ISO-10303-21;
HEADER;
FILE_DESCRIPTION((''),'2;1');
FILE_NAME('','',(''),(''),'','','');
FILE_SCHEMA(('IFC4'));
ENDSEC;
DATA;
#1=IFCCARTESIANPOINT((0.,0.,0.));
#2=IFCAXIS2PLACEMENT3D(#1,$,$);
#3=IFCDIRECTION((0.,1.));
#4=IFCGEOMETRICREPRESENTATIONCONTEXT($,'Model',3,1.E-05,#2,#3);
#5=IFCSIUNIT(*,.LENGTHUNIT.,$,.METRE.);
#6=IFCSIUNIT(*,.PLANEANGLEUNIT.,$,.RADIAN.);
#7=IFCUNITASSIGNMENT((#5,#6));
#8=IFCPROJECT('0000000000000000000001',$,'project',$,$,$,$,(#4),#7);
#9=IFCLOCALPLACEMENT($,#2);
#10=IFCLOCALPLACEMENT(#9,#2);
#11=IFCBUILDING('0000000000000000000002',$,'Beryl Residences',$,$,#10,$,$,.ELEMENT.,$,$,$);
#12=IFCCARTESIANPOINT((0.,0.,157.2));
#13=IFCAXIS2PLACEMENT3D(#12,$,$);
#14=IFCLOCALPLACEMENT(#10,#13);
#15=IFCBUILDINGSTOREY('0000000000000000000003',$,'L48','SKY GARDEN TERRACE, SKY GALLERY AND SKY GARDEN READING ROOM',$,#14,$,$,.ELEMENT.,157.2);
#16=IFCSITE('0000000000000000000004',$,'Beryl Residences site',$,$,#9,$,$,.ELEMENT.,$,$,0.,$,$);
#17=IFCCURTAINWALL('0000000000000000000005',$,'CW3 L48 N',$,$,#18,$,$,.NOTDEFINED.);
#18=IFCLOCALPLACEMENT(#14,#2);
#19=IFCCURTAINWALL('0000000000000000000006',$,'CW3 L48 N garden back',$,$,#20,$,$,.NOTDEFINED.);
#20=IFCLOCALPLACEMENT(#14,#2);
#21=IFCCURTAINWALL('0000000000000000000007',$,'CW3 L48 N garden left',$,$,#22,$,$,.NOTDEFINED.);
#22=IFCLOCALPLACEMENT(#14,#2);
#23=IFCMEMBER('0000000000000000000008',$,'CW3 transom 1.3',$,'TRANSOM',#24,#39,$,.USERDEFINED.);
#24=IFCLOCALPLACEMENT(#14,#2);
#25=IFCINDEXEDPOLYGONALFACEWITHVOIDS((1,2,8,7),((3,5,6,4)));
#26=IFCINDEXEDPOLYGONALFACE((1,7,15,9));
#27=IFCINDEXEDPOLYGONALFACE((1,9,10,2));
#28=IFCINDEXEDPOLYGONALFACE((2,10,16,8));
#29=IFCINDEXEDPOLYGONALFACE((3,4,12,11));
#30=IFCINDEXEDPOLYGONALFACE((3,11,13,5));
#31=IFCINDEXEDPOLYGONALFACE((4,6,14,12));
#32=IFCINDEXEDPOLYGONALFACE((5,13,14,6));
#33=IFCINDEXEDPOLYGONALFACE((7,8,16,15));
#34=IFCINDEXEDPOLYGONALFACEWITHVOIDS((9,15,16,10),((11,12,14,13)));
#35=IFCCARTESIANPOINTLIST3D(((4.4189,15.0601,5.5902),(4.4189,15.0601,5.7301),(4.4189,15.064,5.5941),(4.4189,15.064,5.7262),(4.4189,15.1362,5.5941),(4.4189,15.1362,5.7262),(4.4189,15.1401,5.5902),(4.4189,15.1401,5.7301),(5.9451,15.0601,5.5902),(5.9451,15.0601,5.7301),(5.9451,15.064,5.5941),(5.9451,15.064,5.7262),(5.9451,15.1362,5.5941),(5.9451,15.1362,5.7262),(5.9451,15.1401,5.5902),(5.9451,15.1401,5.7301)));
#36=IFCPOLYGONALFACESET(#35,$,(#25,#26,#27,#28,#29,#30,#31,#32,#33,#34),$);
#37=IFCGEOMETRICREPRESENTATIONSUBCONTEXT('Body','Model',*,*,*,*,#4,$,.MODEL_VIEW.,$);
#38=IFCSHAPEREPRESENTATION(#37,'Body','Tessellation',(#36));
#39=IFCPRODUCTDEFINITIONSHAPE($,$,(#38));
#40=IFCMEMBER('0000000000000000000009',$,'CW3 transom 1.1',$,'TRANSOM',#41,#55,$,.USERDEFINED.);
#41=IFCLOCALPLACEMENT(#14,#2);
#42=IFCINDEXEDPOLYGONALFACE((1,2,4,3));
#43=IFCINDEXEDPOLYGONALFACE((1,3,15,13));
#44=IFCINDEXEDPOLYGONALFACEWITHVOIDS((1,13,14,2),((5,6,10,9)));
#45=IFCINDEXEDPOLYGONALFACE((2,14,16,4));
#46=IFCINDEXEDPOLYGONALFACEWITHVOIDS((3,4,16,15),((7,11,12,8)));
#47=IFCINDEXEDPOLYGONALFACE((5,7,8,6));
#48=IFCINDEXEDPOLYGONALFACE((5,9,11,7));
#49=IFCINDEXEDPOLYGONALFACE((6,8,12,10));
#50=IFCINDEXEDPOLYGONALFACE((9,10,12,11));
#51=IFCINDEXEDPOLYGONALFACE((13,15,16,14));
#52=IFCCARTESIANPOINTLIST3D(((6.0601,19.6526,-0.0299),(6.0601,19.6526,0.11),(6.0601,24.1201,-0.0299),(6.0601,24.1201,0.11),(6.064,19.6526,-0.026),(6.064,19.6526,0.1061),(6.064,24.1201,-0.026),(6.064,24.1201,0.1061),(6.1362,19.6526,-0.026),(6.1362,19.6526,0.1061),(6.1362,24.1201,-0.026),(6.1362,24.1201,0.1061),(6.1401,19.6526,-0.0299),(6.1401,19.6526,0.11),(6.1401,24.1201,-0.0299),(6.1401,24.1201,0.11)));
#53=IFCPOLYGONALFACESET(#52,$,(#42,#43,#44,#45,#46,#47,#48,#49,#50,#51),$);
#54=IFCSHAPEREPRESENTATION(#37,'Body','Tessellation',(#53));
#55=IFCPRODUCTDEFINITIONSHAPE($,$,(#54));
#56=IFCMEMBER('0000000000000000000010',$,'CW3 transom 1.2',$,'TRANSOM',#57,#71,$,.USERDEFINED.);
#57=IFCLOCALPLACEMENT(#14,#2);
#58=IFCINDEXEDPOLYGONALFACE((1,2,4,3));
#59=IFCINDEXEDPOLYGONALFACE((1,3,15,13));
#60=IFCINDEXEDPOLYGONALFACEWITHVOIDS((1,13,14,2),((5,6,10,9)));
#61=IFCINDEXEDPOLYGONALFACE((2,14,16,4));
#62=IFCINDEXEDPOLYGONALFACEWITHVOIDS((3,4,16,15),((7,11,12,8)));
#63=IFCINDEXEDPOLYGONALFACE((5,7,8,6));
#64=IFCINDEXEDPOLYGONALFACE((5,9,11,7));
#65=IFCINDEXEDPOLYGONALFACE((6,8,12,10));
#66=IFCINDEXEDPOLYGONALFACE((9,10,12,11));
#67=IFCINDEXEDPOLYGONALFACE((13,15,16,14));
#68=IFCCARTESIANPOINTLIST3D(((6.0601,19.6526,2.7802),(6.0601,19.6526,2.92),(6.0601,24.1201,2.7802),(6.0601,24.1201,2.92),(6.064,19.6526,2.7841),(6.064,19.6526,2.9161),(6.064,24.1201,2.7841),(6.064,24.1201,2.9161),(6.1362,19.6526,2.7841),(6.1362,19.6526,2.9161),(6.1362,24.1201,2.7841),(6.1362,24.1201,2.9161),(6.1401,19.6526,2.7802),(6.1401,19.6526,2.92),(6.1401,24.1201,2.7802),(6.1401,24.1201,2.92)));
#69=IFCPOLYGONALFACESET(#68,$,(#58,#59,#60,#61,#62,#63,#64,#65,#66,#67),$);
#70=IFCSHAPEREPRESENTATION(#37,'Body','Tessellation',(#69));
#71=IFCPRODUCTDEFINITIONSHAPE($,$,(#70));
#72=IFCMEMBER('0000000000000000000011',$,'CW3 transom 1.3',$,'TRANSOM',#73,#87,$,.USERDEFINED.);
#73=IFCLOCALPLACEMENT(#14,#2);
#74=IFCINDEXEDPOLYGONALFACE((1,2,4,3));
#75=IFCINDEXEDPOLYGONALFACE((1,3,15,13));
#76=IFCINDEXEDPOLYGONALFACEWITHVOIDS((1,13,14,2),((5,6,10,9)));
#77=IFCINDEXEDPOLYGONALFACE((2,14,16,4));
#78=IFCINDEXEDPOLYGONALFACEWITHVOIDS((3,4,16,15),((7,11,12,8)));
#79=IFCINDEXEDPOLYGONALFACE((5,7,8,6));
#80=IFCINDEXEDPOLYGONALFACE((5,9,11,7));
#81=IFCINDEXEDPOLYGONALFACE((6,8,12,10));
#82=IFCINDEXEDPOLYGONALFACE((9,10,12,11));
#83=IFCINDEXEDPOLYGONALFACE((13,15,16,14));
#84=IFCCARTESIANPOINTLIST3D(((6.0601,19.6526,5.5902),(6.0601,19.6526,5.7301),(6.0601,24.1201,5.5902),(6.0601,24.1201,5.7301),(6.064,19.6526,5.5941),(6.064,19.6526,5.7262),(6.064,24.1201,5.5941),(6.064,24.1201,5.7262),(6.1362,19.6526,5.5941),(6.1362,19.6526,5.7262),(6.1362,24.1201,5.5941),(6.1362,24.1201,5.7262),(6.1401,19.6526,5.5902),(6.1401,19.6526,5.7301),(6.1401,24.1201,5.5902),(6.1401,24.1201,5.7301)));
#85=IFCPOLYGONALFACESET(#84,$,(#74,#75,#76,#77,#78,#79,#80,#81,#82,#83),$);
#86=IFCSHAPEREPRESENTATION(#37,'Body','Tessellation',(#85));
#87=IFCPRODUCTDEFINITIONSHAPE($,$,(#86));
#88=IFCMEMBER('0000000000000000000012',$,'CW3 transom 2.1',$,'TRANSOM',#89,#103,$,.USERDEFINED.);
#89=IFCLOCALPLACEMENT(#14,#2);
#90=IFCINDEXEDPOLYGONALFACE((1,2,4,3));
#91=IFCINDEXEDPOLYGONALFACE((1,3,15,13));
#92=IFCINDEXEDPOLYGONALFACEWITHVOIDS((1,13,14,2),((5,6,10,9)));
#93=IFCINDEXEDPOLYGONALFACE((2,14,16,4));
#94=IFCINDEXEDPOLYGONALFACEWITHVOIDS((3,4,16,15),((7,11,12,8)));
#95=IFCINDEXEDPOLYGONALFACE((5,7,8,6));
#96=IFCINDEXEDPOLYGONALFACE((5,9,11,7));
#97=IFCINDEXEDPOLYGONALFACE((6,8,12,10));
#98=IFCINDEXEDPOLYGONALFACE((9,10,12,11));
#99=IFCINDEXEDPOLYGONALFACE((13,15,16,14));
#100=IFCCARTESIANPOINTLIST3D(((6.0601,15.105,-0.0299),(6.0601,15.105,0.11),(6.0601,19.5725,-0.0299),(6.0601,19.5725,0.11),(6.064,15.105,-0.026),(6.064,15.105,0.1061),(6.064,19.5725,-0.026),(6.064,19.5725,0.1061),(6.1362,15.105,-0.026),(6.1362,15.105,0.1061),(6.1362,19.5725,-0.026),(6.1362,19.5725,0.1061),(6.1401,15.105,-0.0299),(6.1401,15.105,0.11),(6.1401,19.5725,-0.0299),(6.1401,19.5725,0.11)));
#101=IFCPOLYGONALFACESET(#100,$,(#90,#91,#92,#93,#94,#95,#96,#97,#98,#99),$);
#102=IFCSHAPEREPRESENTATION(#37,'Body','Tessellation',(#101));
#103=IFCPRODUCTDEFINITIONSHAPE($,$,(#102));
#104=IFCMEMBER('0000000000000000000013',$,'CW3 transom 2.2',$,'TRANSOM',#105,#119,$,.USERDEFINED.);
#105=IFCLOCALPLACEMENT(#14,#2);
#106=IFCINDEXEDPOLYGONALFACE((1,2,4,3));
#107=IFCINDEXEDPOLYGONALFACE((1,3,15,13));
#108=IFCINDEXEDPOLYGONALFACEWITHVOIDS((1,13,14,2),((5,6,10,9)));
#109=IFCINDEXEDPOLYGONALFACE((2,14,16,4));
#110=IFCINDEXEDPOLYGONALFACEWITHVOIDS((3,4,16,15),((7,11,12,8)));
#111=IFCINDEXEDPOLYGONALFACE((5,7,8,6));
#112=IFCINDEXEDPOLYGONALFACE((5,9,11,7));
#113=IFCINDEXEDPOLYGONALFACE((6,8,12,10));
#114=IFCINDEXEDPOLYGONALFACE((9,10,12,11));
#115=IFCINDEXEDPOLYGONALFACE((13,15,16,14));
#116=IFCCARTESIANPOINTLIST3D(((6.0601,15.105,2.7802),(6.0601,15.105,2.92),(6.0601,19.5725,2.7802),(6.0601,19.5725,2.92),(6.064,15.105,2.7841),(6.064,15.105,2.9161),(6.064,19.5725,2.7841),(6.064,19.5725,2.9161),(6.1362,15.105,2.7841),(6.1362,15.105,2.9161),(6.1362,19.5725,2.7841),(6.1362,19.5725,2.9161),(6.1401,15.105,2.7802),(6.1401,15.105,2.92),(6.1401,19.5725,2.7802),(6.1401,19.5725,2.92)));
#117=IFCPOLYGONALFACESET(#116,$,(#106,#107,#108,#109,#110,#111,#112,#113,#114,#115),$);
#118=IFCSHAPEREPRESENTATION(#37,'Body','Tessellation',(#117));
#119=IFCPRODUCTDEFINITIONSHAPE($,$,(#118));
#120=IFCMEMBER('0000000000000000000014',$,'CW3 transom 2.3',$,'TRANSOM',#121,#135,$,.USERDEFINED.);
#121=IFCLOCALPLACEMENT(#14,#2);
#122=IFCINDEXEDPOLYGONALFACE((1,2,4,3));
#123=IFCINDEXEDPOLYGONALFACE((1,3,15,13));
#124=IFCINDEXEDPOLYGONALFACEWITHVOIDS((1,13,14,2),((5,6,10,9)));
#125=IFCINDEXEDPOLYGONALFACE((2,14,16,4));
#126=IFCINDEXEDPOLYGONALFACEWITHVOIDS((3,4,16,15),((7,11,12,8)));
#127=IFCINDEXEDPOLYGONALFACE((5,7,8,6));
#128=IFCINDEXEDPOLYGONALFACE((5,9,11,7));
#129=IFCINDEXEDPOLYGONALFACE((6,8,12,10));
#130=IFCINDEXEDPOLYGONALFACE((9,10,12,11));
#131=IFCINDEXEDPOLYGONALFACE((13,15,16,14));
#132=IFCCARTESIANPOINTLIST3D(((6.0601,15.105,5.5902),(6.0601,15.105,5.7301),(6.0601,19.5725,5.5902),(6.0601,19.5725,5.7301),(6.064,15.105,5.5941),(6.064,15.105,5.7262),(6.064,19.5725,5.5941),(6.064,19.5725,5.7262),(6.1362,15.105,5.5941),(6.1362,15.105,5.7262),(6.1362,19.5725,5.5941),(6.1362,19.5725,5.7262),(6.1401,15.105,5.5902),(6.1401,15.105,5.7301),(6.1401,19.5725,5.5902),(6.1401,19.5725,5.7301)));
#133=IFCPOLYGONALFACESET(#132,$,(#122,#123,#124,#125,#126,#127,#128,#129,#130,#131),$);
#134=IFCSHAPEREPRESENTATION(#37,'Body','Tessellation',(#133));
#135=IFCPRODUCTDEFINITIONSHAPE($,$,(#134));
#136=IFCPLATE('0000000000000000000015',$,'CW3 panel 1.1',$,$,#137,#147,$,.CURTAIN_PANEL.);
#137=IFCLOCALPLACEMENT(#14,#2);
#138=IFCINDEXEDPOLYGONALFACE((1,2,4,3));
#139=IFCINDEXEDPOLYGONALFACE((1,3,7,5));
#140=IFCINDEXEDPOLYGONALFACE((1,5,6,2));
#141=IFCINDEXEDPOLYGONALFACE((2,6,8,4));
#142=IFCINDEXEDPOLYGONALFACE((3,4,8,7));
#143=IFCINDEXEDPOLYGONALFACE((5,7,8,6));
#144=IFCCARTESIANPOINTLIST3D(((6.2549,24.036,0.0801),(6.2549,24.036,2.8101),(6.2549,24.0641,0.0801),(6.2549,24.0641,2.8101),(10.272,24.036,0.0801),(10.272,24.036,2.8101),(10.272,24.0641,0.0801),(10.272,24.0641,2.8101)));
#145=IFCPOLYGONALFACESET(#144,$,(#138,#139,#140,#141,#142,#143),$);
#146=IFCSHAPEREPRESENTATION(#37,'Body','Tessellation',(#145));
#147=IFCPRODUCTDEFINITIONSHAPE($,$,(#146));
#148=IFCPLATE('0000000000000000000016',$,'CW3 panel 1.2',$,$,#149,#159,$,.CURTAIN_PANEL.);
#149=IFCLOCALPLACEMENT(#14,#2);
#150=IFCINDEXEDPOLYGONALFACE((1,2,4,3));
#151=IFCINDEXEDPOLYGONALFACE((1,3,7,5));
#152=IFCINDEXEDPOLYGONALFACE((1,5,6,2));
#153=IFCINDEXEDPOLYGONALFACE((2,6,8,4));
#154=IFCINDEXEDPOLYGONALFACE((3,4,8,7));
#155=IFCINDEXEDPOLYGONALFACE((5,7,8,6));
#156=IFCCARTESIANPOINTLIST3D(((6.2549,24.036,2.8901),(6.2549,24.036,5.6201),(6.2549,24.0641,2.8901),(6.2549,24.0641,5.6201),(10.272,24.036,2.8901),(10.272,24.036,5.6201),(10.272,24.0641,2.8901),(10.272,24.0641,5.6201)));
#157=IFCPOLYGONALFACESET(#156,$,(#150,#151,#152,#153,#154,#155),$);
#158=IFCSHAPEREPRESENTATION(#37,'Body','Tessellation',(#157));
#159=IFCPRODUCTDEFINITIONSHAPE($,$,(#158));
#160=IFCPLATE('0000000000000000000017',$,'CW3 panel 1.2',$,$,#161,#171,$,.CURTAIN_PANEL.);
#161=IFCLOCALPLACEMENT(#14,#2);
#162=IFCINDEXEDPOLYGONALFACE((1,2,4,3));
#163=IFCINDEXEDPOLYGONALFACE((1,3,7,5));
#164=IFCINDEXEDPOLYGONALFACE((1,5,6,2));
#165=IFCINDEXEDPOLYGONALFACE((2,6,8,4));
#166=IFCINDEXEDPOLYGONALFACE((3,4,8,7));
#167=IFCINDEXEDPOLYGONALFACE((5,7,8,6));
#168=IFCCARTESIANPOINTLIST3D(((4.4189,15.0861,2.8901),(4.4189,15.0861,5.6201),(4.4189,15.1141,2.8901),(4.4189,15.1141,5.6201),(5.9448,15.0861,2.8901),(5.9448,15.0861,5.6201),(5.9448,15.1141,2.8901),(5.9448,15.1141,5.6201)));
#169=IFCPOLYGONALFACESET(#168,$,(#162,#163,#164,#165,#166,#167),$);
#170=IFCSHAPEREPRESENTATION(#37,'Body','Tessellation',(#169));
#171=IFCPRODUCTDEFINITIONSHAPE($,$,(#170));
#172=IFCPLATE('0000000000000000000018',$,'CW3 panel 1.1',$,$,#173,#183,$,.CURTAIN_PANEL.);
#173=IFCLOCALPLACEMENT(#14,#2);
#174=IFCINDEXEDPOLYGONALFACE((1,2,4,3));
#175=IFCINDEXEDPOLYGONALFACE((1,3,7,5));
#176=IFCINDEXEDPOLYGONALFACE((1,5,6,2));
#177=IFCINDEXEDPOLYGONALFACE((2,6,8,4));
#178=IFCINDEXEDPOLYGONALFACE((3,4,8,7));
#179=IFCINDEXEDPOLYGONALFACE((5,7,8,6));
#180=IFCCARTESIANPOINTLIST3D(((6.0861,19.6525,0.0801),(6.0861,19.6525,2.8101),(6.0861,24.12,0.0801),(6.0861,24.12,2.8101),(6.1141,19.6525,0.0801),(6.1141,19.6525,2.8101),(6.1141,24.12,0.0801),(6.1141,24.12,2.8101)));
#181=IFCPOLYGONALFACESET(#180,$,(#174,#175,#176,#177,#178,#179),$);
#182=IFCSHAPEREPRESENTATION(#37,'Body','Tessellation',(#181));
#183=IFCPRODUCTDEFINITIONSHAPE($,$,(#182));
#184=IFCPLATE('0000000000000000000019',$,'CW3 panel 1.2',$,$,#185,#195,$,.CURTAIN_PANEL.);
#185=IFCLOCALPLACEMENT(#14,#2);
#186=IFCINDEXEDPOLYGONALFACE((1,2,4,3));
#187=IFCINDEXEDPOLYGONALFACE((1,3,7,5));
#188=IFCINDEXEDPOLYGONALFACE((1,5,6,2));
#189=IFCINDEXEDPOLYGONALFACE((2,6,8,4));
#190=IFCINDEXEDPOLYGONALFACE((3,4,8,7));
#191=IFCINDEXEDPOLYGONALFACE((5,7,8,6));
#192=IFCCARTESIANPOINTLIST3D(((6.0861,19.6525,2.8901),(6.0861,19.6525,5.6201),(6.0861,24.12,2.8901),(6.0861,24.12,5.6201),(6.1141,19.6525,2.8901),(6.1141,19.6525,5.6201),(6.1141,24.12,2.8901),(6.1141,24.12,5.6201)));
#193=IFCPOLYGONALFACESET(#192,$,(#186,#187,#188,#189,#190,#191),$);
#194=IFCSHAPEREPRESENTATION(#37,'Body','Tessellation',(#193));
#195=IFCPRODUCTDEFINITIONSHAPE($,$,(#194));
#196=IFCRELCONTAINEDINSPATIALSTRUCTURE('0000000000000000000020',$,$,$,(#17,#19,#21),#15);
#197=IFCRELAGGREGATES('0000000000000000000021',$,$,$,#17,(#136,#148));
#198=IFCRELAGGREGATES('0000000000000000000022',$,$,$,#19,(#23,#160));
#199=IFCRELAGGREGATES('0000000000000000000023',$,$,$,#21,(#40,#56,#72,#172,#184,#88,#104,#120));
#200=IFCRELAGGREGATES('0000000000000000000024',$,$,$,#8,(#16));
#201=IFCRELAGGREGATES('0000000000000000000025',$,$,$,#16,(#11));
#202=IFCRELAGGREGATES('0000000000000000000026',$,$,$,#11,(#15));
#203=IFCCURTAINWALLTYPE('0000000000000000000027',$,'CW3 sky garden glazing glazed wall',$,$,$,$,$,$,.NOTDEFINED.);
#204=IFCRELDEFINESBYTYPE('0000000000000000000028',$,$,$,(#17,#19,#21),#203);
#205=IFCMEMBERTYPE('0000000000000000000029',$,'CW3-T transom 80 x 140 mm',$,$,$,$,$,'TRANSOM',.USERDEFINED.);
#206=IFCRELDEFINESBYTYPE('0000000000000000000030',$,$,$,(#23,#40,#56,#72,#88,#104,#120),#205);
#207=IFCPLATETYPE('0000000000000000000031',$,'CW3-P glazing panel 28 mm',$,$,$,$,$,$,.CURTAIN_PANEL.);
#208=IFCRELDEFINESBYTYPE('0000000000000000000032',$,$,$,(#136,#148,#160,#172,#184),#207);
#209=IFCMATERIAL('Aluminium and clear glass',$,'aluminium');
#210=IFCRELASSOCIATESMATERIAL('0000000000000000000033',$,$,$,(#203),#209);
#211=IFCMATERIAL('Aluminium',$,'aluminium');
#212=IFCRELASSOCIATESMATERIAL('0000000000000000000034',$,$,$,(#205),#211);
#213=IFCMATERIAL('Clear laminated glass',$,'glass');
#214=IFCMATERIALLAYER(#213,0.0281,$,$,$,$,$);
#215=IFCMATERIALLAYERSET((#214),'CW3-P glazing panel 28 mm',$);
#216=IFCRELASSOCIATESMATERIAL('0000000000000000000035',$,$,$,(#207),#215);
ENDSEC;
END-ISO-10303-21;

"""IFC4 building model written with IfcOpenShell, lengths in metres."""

from ifc_helpers import new_model, si_unit, direction, frame, origin, origin_2d, place, context, subcontext, project, spatial, rectangle, hollow_rectangle, extrude, material, layer, layer_set, material_profile, profile_set, type_object, element, aggregate, save


model = new_model("IFC4")

# Units and contexts
model_context = context("Model", 3, precision=1e-05, world=origin(), true_north=direction((0.0, 1.0)))
body_context = subcontext(model_context, "Body", "Model", "MODEL_VIEW")
ifc_project = project(units=[si_unit("LENGTHUNIT", "METRE"), si_unit("PLANEANGLEUNIT", "RADIAN")], contexts=[model_context])

# Site, building, storey
site_placement = place(None, origin())
site = spatial("IfcSite", under=ifc_project, at=site_placement, Name="Beryl Residences site", CompositionType="ELEMENT", RefElevation=0.0)
building_placement = place(site_placement, origin())
building = spatial("IfcBuilding", under=site, at=building_placement, Name="Beryl Residences", CompositionType="ELEMENT")
storey_placement = place(building_placement, frame((0.0, 0.0, 157.2)))
storey = spatial("IfcBuildingStorey", under=building, at=storey_placement, Name="L48", Description="SKY GARDEN TERRACE, SKY GALLERY AND SKY GARDEN READING ROOM", CompositionType="ELEMENT", Elevation=157.2)

# Curtain wall
ifc_material_1 = material(Name="Aluminium and clear glass", Category="aluminium")
curtain_wall_type = type_object("IfcCurtainWallType", Name="CW3 sky garden glazing glazed wall", PredefinedType="NOTDEFINED", material=ifc_material_1)
curtain_wall_1_placement = place(storey_placement, origin())
curtain_wall_1 = element("IfcCurtainWall", 1, at=curtain_wall_1_placement, inside=storey, type_object=curtain_wall_type, Name="CW3 L48 N", PredefinedType="NOTDEFINED")

# Curtain wall
curtain_wall_2_placement = place(storey_placement, origin())
curtain_wall_2 = element("IfcCurtainWall", 2, at=curtain_wall_2_placement, inside=storey, type_object=curtain_wall_type, Name="CW3 L48 N garden back", PredefinedType="NOTDEFINED")

# Curtain wall
curtain_wall_3_placement = place(storey_placement, origin())
curtain_wall_3 = element("IfcCurtainWall", 3, at=curtain_wall_3_placement, inside=storey, type_object=curtain_wall_type, Name="CW3 L48 N garden left", PredefinedType="NOTDEFINED")

# Members
ifc_material_2 = material(Name="Aluminium", Category="aluminium")
ifc_material_profile_1 = material_profile(ifc_material_2, hollow_rectangle(XDim=0.0801, YDim=0.1399, WallThickness=0.0039, at=origin_2d()))
ifc_profile_set_1 = profile_set([ifc_material_profile_1], Name="Aluminium")
member_type_1 = type_object("IfcMemberType", Name="CW3-T transom 80 x 140 mm", ElementType="TRANSOM", PredefinedType="USERDEFINED", material=ifc_profile_set_1)
member_1_placement = place(storey_placement, frame((5.9451, 15.1001, 5.6602), z_axis=(-1.0, 0.0, 0.0), x_axis=(0.0, -1.0, 0.0)))
member_1 = element("IfcMember", 4, at=member_1_placement, type_object=member_type_1, Name="CW3 transom 1.3", ObjectType="TRANSOM", PredefinedType="USERDEFINED", context=body_context, shape_type="SweptSolid", body=[
    extrude(hollow_rectangle(XDim=0.0801, YDim=0.1399, WallThickness=0.0039, at=origin_2d()), origin(), (0.0, 0.0, 1.0), 1.5261),
])
member_2_placement = place(storey_placement, frame((6.1001, 24.1201, 0.04), z_axis=(0.0, -1.0, 0.0), x_axis=(1.0, 0.0, 0.0)))
member_2 = element("IfcMember", 5, at=member_2_placement, type_object=member_type_1, Name="CW3 transom 1.1", ObjectType="TRANSOM", PredefinedType="USERDEFINED", context=body_context, shape_type="SweptSolid", body=[
    extrude(hollow_rectangle(XDim=0.0801, YDim=0.1399, WallThickness=0.0039, at=origin_2d()), origin(), (0.0, 0.0, 1.0), 4.4675),
])
member_3_placement = place(storey_placement, frame((6.1001, 24.1201, 2.8501), z_axis=(0.0, -1.0, 0.0), x_axis=(1.0, 0.0, 0.0)))
member_3 = element("IfcMember", 6, at=member_3_placement, type_object=member_type_1, Name="CW3 transom 1.2", ObjectType="TRANSOM", PredefinedType="USERDEFINED", context=body_context, shape_type="SweptSolid", body=[
    extrude(hollow_rectangle(XDim=0.0801, YDim=0.1399, WallThickness=0.0039, at=origin_2d()), origin(), (0.0, 0.0, 1.0), 4.4675),
])
member_4_placement = place(storey_placement, frame((6.1001, 24.1201, 5.6602), z_axis=(0.0, -1.0, 0.0), x_axis=(1.0, 0.0, 0.0)))
member_4 = element("IfcMember", 7, at=member_4_placement, type_object=member_type_1, Name="CW3 transom 1.3", ObjectType="TRANSOM", PredefinedType="USERDEFINED", context=body_context, shape_type="SweptSolid", body=[
    extrude(hollow_rectangle(XDim=0.0801, YDim=0.1399, WallThickness=0.0039, at=origin_2d()), origin(), (0.0, 0.0, 1.0), 4.4675),
])
member_5_placement = place(storey_placement, frame((6.1001, 19.5725, 0.04), z_axis=(0.0, -1.0, 0.0), x_axis=(1.0, 0.0, 0.0)))
member_5 = element("IfcMember", 8, at=member_5_placement, type_object=member_type_1, Name="CW3 transom 2.1", ObjectType="TRANSOM", PredefinedType="USERDEFINED", context=body_context, shape_type="SweptSolid", body=[
    extrude(hollow_rectangle(XDim=0.0801, YDim=0.1399, WallThickness=0.0039, at=origin_2d()), origin(), (0.0, 0.0, 1.0), 4.4675),
])
member_6_placement = place(storey_placement, frame((6.1001, 19.5725, 2.8501), z_axis=(0.0, -1.0, 0.0), x_axis=(1.0, 0.0, 0.0)))
member_6 = element("IfcMember", 9, at=member_6_placement, type_object=member_type_1, Name="CW3 transom 2.2", ObjectType="TRANSOM", PredefinedType="USERDEFINED", context=body_context, shape_type="SweptSolid", body=[
    extrude(hollow_rectangle(XDim=0.0801, YDim=0.1399, WallThickness=0.0039, at=origin_2d()), origin(), (0.0, 0.0, 1.0), 4.4675),
])
member_7_placement = place(storey_placement, frame((6.1001, 19.5725, 5.6602), z_axis=(0.0, -1.0, 0.0), x_axis=(1.0, 0.0, 0.0)))
member_7 = element("IfcMember", 10, at=member_7_placement, type_object=member_type_1, Name="CW3 transom 2.3", ObjectType="TRANSOM", PredefinedType="USERDEFINED", context=body_context, shape_type="SweptSolid", body=[
    extrude(hollow_rectangle(XDim=0.0801, YDim=0.1399, WallThickness=0.0039, at=origin_2d()), origin(), (0.0, 0.0, 1.0), 4.4675),
])

# Plates
ifc_material_3 = material(Name="Clear laminated glass", Category="glass")
ifc_layer_1 = layer(ifc_material_3, 0.0281)
ifc_layer_set_1 = layer_set([ifc_layer_1], Name="CW3-P glazing panel 28 mm")
plate_type = type_object("IfcPlateType", Name="CW3-P glazing panel 28 mm", PredefinedType="CURTAIN_PANEL", material=ifc_layer_set_1)
plate_1_placement = place(storey_placement, frame((8.2634, 24.05, 0.0801), z_axis=(0.0, 0.0, 1.0), x_axis=(-1.0, 0.0, 0.0)))
plate_1 = element("IfcPlate", 11, at=plate_1_placement, type_object=plate_type, Name="CW3 panel 1.1", PredefinedType="CURTAIN_PANEL", context=body_context, shape_type="SweptSolid", body=[
    extrude(rectangle(XDim=4.0171, YDim=0.0281, at=origin_2d()), origin(), (0.0, 0.0, 1.0), 2.73),
])
plate_2_placement = place(storey_placement, frame((8.2634, 24.05, 2.8901), z_axis=(0.0, 0.0, 1.0), x_axis=(-1.0, 0.0, 0.0)))
plate_2 = element("IfcPlate", 12, at=plate_2_placement, type_object=plate_type, Name="CW3 panel 1.2", PredefinedType="CURTAIN_PANEL", context=body_context, shape_type="SweptSolid", body=[
    extrude(rectangle(XDim=4.0171, YDim=0.0281, at=origin_2d()), origin(), (0.0, 0.0, 1.0), 2.73),
])
aggregate(curtain_wall_1, [plate_1, plate_2])
plate_3_placement = place(storey_placement, frame((5.1819, 15.1001, 2.8901), z_axis=(0.0, 0.0, 1.0), x_axis=(-1.0, 0.0, 0.0)))
plate_3 = element("IfcPlate", 13, at=plate_3_placement, type_object=plate_type, Name="CW3 panel 1.2", PredefinedType="CURTAIN_PANEL", context=body_context, shape_type="SweptSolid", body=[
    extrude(rectangle(XDim=1.5259, YDim=0.0281, at=origin_2d()), origin(), (0.0, 0.0, 1.0), 2.73),
])
aggregate(curtain_wall_2, [member_1, plate_3])
plate_4_placement = place(storey_placement, frame((6.1001, 21.8862, 0.0801), z_axis=(0.0, 0.0, 1.0), x_axis=(0.0, -1.0, 0.0)))
plate_4 = element("IfcPlate", 14, at=plate_4_placement, type_object=plate_type, Name="CW3 panel 1.1", PredefinedType="CURTAIN_PANEL", context=body_context, shape_type="SweptSolid", body=[
    extrude(rectangle(XDim=4.4675, YDim=0.0281, at=origin_2d()), origin(), (0.0, 0.0, 1.0), 2.73),
])
plate_5_placement = place(storey_placement, frame((6.1001, 21.8862, 2.8901), z_axis=(0.0, 0.0, 1.0), x_axis=(0.0, -1.0, 0.0)))
plate_5 = element("IfcPlate", 15, at=plate_5_placement, type_object=plate_type, Name="CW3 panel 1.2", PredefinedType="CURTAIN_PANEL", context=body_context, shape_type="SweptSolid", body=[
    extrude(rectangle(XDim=4.4675, YDim=0.0281, at=origin_2d()), origin(), (0.0, 0.0, 1.0), 2.73),
])
aggregate(curtain_wall_3, [member_2, member_3, member_4, plate_4, plate_5, member_5, member_6, member_7])

save(model, "model.ifc")
